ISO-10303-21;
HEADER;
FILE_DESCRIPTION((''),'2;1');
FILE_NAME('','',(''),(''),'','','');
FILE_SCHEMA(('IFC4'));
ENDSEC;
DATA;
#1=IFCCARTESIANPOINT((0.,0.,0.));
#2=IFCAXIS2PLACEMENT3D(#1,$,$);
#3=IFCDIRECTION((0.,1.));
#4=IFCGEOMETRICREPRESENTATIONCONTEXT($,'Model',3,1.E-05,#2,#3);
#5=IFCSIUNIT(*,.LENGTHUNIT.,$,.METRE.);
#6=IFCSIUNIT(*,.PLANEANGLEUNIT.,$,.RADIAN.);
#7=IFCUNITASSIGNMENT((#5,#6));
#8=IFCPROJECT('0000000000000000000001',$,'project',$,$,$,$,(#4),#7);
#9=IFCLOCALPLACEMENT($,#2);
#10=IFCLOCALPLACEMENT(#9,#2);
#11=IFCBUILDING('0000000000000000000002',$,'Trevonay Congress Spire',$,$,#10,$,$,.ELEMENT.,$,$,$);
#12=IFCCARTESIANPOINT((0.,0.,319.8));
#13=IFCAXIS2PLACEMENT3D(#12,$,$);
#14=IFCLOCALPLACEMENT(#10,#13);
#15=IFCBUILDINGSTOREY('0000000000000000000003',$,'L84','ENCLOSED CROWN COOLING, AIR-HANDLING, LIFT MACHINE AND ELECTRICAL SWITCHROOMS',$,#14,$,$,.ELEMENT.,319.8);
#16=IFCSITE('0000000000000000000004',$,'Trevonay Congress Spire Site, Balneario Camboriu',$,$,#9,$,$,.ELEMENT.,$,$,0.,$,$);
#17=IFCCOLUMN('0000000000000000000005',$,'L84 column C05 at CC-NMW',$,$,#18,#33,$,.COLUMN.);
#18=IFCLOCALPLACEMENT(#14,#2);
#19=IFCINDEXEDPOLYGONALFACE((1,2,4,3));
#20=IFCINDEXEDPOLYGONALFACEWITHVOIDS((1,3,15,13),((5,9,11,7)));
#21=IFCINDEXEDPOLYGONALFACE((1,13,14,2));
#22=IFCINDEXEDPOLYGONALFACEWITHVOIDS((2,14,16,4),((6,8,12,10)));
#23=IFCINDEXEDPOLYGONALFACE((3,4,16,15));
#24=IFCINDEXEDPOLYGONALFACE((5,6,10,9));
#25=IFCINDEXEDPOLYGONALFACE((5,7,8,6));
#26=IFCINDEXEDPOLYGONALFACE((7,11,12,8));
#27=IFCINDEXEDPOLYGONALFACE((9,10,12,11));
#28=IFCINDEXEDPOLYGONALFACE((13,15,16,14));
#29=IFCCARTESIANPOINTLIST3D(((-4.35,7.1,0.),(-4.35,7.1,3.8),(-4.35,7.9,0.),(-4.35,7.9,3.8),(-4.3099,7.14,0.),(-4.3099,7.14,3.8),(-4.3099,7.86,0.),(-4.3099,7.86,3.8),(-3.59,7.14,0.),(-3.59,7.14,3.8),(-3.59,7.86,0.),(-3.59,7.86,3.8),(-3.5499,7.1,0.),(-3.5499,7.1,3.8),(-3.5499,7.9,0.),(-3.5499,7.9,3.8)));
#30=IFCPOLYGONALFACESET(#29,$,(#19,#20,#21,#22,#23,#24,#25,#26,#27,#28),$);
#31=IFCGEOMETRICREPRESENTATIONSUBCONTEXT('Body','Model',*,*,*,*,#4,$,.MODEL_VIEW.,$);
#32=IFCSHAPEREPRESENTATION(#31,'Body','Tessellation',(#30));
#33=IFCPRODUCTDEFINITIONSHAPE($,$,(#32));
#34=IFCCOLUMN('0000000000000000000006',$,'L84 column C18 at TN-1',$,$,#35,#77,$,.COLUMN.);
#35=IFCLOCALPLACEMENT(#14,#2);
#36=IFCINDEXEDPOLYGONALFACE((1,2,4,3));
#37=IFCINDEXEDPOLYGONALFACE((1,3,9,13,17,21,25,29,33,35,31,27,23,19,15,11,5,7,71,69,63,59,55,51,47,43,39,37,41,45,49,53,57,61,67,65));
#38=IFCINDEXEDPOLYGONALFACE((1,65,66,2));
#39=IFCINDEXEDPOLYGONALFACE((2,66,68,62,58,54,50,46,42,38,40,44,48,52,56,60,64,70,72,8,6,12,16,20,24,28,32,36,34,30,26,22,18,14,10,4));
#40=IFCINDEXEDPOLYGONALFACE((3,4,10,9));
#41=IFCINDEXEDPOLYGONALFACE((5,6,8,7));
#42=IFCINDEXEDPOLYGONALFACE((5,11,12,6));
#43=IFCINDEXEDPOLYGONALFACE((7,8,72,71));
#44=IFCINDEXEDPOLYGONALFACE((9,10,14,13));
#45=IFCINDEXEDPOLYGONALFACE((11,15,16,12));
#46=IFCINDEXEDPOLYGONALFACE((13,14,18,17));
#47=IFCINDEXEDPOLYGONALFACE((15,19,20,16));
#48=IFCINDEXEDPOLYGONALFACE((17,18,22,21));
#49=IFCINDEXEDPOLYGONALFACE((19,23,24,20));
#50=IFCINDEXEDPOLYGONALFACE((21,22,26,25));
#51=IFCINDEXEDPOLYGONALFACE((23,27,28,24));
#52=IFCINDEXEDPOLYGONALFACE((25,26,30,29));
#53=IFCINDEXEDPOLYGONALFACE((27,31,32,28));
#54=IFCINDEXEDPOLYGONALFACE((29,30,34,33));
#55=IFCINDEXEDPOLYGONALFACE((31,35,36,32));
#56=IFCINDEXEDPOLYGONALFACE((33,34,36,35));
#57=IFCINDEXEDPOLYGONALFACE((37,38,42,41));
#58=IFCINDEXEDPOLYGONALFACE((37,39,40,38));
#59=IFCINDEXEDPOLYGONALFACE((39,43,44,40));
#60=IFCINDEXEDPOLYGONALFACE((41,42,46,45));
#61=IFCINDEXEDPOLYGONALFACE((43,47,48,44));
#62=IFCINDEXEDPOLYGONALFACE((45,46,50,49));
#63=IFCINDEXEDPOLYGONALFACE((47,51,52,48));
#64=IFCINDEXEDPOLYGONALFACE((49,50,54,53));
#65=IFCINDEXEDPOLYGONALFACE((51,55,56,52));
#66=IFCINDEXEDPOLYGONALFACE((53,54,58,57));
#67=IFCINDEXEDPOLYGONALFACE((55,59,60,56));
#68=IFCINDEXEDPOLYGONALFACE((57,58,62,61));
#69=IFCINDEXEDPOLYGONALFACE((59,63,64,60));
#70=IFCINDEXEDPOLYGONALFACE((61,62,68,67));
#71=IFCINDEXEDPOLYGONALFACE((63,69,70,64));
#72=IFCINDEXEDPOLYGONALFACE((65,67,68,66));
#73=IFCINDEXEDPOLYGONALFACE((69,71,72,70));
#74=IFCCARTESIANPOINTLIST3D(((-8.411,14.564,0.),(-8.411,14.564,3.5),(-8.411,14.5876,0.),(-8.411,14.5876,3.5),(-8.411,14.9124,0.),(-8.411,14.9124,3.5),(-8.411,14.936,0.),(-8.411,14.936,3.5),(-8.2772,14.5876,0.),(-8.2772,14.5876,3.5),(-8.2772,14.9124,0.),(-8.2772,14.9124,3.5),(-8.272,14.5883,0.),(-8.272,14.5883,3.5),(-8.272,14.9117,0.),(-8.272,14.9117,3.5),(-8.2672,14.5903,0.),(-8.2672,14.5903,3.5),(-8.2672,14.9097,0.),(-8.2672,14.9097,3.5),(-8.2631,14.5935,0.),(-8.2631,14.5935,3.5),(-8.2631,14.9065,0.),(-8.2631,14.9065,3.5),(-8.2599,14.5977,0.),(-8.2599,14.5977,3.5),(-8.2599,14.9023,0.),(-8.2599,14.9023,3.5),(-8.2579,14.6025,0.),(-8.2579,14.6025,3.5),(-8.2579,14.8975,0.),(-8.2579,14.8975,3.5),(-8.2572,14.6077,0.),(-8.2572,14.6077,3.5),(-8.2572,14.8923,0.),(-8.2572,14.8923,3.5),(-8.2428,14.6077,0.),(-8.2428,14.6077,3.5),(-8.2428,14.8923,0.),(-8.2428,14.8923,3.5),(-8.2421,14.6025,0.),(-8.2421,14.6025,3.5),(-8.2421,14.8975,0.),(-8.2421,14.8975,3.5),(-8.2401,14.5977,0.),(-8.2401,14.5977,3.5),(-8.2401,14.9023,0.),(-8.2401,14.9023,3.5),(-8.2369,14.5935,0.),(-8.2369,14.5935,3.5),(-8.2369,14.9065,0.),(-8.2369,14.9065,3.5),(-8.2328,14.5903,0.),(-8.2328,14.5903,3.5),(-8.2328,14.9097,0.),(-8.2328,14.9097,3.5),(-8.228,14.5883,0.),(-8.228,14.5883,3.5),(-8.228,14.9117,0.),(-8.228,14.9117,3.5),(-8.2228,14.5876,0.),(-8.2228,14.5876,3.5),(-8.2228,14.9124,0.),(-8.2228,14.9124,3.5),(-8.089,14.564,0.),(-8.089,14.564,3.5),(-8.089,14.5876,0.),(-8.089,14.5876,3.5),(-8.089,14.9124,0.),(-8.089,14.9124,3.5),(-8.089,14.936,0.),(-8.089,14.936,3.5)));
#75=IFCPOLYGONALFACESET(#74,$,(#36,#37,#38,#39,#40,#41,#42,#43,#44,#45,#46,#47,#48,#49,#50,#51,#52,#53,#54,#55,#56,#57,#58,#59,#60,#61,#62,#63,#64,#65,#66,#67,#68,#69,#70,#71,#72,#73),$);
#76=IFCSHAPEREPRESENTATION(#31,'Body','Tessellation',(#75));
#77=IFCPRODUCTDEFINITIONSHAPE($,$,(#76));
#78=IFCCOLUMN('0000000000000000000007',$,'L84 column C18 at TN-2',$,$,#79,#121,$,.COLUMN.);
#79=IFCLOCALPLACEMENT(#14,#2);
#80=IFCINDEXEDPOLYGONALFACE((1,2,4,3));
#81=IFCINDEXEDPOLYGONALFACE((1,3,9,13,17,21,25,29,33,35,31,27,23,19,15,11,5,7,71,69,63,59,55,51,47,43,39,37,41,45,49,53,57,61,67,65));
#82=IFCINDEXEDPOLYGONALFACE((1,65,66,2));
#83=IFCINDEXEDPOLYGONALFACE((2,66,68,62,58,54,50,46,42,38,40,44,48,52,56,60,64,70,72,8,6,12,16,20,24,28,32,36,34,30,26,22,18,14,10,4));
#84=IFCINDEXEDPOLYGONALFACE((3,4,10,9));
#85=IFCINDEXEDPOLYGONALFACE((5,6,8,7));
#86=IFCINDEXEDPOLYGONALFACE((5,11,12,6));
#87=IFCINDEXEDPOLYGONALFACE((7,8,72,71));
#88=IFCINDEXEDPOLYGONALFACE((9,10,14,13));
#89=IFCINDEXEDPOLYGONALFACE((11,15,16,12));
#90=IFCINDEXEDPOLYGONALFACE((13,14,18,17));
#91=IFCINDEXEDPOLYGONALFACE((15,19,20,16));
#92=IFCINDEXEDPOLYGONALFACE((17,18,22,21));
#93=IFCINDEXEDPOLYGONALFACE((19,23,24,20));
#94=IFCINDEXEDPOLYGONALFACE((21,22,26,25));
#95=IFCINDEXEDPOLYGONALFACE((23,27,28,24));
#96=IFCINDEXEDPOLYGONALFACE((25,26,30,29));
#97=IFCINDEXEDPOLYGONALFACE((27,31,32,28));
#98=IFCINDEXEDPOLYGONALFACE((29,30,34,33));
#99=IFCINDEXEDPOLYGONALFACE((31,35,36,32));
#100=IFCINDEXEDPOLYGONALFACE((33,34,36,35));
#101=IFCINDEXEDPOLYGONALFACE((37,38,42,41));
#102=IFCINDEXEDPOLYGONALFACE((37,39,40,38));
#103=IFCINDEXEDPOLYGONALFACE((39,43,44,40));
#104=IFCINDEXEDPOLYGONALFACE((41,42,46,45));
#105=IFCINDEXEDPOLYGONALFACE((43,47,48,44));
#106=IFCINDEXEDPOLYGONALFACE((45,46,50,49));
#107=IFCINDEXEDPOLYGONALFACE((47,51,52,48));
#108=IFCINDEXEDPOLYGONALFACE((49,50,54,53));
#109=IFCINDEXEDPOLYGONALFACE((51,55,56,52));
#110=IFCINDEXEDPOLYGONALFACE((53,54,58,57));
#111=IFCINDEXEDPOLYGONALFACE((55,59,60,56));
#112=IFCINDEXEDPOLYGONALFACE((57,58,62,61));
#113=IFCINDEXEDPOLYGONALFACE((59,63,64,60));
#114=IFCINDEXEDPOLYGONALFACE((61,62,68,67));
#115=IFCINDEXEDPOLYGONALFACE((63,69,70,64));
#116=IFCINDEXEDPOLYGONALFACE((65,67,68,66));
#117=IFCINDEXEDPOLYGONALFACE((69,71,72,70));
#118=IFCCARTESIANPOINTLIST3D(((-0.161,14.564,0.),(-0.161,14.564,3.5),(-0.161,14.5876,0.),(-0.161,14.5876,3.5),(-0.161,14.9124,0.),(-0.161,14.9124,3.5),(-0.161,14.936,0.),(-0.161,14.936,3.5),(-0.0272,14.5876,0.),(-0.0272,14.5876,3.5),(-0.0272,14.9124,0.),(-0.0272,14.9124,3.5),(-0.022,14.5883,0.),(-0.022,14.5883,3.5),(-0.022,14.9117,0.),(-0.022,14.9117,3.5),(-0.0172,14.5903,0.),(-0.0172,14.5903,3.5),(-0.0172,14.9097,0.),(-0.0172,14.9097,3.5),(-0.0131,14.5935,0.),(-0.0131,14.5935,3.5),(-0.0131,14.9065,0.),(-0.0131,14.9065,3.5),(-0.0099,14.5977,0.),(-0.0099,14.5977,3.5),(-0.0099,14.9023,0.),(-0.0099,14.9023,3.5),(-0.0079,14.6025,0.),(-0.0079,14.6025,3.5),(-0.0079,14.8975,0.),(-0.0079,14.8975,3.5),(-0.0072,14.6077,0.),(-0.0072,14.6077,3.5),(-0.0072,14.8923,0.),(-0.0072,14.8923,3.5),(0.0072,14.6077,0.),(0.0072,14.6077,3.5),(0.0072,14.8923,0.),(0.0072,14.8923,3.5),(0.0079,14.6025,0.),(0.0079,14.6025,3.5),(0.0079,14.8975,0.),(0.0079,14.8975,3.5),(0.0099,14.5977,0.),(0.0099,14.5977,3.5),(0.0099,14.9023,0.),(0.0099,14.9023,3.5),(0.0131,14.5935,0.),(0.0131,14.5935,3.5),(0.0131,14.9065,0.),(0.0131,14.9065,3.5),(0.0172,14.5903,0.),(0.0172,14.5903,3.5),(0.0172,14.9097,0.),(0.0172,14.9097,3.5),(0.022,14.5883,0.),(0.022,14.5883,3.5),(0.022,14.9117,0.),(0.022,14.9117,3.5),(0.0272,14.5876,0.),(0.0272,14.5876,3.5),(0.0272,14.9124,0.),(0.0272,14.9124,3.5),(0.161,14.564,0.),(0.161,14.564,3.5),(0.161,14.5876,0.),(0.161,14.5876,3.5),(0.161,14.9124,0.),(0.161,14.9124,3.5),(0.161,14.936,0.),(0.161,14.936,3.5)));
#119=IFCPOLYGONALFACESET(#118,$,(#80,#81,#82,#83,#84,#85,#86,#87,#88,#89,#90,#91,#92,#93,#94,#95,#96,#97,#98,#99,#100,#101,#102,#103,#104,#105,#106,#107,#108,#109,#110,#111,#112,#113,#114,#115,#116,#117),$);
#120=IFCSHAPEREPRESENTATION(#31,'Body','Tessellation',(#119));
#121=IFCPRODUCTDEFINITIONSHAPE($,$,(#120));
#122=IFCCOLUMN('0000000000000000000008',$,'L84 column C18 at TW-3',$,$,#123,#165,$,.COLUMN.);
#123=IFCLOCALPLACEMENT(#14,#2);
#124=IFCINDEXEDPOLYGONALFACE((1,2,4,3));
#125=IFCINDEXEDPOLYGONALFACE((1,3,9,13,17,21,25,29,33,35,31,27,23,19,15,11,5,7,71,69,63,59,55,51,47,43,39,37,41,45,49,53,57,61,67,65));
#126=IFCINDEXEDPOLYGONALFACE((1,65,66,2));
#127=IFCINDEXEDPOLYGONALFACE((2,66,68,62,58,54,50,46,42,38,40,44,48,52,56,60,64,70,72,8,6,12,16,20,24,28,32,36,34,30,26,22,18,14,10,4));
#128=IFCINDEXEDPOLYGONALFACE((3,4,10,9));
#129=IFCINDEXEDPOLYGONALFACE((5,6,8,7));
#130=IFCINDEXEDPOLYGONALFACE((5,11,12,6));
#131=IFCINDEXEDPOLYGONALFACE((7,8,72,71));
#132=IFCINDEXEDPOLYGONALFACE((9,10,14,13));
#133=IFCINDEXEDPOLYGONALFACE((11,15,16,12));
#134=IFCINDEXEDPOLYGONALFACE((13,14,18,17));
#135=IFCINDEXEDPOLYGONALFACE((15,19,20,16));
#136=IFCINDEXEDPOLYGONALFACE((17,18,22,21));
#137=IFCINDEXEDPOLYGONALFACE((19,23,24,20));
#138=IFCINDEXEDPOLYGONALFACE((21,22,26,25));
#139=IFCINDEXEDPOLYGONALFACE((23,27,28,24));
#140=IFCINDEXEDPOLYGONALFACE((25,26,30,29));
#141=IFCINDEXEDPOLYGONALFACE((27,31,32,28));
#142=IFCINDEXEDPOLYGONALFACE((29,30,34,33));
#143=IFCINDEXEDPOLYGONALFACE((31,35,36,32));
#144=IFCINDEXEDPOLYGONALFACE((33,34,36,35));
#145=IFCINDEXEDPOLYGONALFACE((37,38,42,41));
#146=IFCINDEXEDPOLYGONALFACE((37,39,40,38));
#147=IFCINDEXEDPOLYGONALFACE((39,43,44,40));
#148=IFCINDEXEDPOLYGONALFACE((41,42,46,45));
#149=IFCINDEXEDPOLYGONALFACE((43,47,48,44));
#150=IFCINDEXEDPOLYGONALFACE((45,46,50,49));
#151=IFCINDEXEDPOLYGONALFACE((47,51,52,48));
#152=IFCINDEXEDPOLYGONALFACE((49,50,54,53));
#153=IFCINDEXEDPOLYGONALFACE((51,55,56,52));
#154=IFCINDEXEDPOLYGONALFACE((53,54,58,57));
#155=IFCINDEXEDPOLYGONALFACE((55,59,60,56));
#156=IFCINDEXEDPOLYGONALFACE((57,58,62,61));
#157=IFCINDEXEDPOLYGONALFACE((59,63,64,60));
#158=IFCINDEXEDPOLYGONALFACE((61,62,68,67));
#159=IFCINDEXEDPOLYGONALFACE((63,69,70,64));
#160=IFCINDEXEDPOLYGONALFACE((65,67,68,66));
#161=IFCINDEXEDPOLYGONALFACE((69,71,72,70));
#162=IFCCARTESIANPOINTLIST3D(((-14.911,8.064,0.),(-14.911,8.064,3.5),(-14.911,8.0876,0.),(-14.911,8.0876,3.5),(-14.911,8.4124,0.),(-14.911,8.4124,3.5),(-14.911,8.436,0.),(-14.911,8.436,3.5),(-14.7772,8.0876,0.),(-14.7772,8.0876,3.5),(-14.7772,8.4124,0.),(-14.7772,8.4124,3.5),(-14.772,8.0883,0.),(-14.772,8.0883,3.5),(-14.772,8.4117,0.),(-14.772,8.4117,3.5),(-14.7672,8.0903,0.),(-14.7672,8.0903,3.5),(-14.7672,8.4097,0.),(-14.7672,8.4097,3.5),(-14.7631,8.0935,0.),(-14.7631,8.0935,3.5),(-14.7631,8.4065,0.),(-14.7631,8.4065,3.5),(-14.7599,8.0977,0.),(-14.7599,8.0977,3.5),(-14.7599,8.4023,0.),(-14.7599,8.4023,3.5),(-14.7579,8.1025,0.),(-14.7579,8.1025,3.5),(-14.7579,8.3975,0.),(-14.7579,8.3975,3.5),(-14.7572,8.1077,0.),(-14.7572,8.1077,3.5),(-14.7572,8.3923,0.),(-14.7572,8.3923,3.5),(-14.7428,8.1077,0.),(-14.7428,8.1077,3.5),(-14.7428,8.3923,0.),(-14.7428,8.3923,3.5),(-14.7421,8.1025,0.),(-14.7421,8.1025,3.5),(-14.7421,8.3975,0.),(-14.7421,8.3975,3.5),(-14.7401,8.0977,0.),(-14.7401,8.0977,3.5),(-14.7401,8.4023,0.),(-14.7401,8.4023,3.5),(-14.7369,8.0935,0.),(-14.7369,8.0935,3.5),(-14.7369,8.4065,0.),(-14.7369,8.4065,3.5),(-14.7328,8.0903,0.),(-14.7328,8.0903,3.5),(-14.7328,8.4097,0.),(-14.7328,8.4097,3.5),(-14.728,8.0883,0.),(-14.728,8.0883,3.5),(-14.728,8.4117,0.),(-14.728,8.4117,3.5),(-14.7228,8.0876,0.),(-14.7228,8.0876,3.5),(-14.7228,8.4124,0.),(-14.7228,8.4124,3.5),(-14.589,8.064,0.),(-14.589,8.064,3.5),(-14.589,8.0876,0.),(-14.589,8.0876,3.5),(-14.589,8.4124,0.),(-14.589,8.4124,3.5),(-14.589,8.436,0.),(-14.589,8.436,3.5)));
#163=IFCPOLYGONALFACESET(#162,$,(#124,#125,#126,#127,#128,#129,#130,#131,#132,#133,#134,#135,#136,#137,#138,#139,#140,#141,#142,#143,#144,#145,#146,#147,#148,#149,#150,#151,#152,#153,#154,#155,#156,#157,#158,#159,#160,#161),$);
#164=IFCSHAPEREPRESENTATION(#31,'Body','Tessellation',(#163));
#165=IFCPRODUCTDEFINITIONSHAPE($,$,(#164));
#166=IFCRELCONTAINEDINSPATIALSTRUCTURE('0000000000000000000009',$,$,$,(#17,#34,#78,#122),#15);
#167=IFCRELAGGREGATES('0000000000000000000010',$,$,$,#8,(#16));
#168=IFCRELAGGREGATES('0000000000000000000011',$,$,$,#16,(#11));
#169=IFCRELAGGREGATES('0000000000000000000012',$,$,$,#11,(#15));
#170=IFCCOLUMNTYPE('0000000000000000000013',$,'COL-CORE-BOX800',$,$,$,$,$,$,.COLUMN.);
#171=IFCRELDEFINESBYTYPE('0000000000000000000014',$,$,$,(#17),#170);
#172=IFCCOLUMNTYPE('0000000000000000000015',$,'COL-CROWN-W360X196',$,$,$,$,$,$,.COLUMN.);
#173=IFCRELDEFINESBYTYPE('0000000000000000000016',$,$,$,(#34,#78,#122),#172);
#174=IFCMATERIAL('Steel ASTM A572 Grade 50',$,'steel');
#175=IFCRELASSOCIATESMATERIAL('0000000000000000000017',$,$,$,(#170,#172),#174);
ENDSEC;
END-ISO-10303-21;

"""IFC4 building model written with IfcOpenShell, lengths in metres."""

from ifc_helpers import new_model, si_unit, direction, frame, origin, origin_2d, place, context, subcontext, project, spatial, hollow_rectangle, i_section, extrude, material, material_profile, profile_set, type_object, element, save


model = new_model("IFC4")

# Units and contexts
model_context = context("Model", 3, precision=1e-05, world=origin(), true_north=direction((0.0, 1.0)))
body_context = subcontext(model_context, "Body", "Model", "MODEL_VIEW")
ifc_project = project(units=[si_unit("LENGTHUNIT", "METRE"), si_unit("PLANEANGLEUNIT", "RADIAN")], contexts=[model_context])

# Site, building, storey
site_placement = place(None, origin())
site = spatial("IfcSite", under=ifc_project, at=site_placement, Name="Trevonay Congress Spire Site, Balneario Camboriu", CompositionType="ELEMENT", RefElevation=0.0)
building_placement = place(site_placement, origin())
building = spatial("IfcBuilding", under=site, at=building_placement, Name="Trevonay Congress Spire", CompositionType="ELEMENT")
storey_placement = place(building_placement, frame((0.0, 0.0, 319.8)))
storey = spatial("IfcBuildingStorey", under=building, at=storey_placement, Name="L84", Description="ENCLOSED CROWN COOLING, AIR-HANDLING, LIFT MACHINE AND ELECTRICAL SWITCHROOMS", CompositionType="ELEMENT", Elevation=319.8)

# Columns
ifc_material_1 = material(Name="Steel ASTM A572 Grade 50", Category="steel")
ifc_material_profile_1 = material_profile(ifc_material_1, hollow_rectangle(XDim=0.8, YDim=0.8, WallThickness=0.04, at=origin_2d()), Name="BOX 800x800x40")
ifc_profile_set_1 = profile_set([ifc_material_profile_1], Name="Steel ASTM A572 Grade 50")
column_type_1 = type_object("IfcColumnType", Name="COL-CORE-BOX800", PredefinedType="COLUMN", material=ifc_profile_set_1)
column_1_placement = place(storey_placement, frame((-3.95, 7.5, 0.0), z_axis=(0.0, 0.0, 1.0), x_axis=(1.0, 0.0, 0.0)))
element("IfcColumn", 1, at=column_1_placement, inside=storey, type_object=column_type_1, Name="L84 column C05 at CC-NMW", PredefinedType="COLUMN", context=body_context, shape_type="SweptSolid", body=[
    extrude(hollow_rectangle(XDim=0.8, YDim=0.8, WallThickness=0.04, at=origin_2d()), origin(), (0.0, 0.0, 1.0), 3.8),
])
ifc_material_profile_2 = material_profile(ifc_material_1, i_section(OverallWidth=0.322, OverallDepth=0.3721, WebThickness=0.0144, FlangeThickness=0.0237, FilletRadius=0.02, at=origin_2d()), Name="W360x196")
ifc_profile_set_2 = profile_set([ifc_material_profile_2], Name="Steel ASTM A572 Grade 50")
column_type_2 = type_object("IfcColumnType", Name="COL-CROWN-W360X196", PredefinedType="COLUMN", material=ifc_profile_set_2)
for number, where, z_axis, x_axis, name in (
    (2, (-8.25, 14.75, 0.0), (0.0, 0.0, 1.0), (1.0, 0.0, 0.0), "L84 column C18 at TN-1"),
    (3, (0.0, 14.75, 0.0), (0.0, 0.0, 1.0), (1.0, 0.0, 0.0), "L84 column C18 at TN-2"),
    (4, (-14.75, 8.25, 0.0), (0.0, 0.0, 1.0), (1.0, 0.0, 0.0), "L84 column C18 at TW-3"),
):
    element("IfcColumn", number, at=place(storey_placement, frame(where, z_axis=z_axis, x_axis=x_axis)), inside=storey, type_object=column_type_2, Name=name, PredefinedType="COLUMN", context=body_context, shape_type="SweptSolid", body=[
        extrude(i_section(OverallWidth=0.322, OverallDepth=0.3721, WebThickness=0.0144, FlangeThickness=0.0237, FilletRadius=0.02, at=origin_2d()), origin(), (0.0, 0.0, 1.0), 3.5),
    ])

save(model, "model.ifc")
